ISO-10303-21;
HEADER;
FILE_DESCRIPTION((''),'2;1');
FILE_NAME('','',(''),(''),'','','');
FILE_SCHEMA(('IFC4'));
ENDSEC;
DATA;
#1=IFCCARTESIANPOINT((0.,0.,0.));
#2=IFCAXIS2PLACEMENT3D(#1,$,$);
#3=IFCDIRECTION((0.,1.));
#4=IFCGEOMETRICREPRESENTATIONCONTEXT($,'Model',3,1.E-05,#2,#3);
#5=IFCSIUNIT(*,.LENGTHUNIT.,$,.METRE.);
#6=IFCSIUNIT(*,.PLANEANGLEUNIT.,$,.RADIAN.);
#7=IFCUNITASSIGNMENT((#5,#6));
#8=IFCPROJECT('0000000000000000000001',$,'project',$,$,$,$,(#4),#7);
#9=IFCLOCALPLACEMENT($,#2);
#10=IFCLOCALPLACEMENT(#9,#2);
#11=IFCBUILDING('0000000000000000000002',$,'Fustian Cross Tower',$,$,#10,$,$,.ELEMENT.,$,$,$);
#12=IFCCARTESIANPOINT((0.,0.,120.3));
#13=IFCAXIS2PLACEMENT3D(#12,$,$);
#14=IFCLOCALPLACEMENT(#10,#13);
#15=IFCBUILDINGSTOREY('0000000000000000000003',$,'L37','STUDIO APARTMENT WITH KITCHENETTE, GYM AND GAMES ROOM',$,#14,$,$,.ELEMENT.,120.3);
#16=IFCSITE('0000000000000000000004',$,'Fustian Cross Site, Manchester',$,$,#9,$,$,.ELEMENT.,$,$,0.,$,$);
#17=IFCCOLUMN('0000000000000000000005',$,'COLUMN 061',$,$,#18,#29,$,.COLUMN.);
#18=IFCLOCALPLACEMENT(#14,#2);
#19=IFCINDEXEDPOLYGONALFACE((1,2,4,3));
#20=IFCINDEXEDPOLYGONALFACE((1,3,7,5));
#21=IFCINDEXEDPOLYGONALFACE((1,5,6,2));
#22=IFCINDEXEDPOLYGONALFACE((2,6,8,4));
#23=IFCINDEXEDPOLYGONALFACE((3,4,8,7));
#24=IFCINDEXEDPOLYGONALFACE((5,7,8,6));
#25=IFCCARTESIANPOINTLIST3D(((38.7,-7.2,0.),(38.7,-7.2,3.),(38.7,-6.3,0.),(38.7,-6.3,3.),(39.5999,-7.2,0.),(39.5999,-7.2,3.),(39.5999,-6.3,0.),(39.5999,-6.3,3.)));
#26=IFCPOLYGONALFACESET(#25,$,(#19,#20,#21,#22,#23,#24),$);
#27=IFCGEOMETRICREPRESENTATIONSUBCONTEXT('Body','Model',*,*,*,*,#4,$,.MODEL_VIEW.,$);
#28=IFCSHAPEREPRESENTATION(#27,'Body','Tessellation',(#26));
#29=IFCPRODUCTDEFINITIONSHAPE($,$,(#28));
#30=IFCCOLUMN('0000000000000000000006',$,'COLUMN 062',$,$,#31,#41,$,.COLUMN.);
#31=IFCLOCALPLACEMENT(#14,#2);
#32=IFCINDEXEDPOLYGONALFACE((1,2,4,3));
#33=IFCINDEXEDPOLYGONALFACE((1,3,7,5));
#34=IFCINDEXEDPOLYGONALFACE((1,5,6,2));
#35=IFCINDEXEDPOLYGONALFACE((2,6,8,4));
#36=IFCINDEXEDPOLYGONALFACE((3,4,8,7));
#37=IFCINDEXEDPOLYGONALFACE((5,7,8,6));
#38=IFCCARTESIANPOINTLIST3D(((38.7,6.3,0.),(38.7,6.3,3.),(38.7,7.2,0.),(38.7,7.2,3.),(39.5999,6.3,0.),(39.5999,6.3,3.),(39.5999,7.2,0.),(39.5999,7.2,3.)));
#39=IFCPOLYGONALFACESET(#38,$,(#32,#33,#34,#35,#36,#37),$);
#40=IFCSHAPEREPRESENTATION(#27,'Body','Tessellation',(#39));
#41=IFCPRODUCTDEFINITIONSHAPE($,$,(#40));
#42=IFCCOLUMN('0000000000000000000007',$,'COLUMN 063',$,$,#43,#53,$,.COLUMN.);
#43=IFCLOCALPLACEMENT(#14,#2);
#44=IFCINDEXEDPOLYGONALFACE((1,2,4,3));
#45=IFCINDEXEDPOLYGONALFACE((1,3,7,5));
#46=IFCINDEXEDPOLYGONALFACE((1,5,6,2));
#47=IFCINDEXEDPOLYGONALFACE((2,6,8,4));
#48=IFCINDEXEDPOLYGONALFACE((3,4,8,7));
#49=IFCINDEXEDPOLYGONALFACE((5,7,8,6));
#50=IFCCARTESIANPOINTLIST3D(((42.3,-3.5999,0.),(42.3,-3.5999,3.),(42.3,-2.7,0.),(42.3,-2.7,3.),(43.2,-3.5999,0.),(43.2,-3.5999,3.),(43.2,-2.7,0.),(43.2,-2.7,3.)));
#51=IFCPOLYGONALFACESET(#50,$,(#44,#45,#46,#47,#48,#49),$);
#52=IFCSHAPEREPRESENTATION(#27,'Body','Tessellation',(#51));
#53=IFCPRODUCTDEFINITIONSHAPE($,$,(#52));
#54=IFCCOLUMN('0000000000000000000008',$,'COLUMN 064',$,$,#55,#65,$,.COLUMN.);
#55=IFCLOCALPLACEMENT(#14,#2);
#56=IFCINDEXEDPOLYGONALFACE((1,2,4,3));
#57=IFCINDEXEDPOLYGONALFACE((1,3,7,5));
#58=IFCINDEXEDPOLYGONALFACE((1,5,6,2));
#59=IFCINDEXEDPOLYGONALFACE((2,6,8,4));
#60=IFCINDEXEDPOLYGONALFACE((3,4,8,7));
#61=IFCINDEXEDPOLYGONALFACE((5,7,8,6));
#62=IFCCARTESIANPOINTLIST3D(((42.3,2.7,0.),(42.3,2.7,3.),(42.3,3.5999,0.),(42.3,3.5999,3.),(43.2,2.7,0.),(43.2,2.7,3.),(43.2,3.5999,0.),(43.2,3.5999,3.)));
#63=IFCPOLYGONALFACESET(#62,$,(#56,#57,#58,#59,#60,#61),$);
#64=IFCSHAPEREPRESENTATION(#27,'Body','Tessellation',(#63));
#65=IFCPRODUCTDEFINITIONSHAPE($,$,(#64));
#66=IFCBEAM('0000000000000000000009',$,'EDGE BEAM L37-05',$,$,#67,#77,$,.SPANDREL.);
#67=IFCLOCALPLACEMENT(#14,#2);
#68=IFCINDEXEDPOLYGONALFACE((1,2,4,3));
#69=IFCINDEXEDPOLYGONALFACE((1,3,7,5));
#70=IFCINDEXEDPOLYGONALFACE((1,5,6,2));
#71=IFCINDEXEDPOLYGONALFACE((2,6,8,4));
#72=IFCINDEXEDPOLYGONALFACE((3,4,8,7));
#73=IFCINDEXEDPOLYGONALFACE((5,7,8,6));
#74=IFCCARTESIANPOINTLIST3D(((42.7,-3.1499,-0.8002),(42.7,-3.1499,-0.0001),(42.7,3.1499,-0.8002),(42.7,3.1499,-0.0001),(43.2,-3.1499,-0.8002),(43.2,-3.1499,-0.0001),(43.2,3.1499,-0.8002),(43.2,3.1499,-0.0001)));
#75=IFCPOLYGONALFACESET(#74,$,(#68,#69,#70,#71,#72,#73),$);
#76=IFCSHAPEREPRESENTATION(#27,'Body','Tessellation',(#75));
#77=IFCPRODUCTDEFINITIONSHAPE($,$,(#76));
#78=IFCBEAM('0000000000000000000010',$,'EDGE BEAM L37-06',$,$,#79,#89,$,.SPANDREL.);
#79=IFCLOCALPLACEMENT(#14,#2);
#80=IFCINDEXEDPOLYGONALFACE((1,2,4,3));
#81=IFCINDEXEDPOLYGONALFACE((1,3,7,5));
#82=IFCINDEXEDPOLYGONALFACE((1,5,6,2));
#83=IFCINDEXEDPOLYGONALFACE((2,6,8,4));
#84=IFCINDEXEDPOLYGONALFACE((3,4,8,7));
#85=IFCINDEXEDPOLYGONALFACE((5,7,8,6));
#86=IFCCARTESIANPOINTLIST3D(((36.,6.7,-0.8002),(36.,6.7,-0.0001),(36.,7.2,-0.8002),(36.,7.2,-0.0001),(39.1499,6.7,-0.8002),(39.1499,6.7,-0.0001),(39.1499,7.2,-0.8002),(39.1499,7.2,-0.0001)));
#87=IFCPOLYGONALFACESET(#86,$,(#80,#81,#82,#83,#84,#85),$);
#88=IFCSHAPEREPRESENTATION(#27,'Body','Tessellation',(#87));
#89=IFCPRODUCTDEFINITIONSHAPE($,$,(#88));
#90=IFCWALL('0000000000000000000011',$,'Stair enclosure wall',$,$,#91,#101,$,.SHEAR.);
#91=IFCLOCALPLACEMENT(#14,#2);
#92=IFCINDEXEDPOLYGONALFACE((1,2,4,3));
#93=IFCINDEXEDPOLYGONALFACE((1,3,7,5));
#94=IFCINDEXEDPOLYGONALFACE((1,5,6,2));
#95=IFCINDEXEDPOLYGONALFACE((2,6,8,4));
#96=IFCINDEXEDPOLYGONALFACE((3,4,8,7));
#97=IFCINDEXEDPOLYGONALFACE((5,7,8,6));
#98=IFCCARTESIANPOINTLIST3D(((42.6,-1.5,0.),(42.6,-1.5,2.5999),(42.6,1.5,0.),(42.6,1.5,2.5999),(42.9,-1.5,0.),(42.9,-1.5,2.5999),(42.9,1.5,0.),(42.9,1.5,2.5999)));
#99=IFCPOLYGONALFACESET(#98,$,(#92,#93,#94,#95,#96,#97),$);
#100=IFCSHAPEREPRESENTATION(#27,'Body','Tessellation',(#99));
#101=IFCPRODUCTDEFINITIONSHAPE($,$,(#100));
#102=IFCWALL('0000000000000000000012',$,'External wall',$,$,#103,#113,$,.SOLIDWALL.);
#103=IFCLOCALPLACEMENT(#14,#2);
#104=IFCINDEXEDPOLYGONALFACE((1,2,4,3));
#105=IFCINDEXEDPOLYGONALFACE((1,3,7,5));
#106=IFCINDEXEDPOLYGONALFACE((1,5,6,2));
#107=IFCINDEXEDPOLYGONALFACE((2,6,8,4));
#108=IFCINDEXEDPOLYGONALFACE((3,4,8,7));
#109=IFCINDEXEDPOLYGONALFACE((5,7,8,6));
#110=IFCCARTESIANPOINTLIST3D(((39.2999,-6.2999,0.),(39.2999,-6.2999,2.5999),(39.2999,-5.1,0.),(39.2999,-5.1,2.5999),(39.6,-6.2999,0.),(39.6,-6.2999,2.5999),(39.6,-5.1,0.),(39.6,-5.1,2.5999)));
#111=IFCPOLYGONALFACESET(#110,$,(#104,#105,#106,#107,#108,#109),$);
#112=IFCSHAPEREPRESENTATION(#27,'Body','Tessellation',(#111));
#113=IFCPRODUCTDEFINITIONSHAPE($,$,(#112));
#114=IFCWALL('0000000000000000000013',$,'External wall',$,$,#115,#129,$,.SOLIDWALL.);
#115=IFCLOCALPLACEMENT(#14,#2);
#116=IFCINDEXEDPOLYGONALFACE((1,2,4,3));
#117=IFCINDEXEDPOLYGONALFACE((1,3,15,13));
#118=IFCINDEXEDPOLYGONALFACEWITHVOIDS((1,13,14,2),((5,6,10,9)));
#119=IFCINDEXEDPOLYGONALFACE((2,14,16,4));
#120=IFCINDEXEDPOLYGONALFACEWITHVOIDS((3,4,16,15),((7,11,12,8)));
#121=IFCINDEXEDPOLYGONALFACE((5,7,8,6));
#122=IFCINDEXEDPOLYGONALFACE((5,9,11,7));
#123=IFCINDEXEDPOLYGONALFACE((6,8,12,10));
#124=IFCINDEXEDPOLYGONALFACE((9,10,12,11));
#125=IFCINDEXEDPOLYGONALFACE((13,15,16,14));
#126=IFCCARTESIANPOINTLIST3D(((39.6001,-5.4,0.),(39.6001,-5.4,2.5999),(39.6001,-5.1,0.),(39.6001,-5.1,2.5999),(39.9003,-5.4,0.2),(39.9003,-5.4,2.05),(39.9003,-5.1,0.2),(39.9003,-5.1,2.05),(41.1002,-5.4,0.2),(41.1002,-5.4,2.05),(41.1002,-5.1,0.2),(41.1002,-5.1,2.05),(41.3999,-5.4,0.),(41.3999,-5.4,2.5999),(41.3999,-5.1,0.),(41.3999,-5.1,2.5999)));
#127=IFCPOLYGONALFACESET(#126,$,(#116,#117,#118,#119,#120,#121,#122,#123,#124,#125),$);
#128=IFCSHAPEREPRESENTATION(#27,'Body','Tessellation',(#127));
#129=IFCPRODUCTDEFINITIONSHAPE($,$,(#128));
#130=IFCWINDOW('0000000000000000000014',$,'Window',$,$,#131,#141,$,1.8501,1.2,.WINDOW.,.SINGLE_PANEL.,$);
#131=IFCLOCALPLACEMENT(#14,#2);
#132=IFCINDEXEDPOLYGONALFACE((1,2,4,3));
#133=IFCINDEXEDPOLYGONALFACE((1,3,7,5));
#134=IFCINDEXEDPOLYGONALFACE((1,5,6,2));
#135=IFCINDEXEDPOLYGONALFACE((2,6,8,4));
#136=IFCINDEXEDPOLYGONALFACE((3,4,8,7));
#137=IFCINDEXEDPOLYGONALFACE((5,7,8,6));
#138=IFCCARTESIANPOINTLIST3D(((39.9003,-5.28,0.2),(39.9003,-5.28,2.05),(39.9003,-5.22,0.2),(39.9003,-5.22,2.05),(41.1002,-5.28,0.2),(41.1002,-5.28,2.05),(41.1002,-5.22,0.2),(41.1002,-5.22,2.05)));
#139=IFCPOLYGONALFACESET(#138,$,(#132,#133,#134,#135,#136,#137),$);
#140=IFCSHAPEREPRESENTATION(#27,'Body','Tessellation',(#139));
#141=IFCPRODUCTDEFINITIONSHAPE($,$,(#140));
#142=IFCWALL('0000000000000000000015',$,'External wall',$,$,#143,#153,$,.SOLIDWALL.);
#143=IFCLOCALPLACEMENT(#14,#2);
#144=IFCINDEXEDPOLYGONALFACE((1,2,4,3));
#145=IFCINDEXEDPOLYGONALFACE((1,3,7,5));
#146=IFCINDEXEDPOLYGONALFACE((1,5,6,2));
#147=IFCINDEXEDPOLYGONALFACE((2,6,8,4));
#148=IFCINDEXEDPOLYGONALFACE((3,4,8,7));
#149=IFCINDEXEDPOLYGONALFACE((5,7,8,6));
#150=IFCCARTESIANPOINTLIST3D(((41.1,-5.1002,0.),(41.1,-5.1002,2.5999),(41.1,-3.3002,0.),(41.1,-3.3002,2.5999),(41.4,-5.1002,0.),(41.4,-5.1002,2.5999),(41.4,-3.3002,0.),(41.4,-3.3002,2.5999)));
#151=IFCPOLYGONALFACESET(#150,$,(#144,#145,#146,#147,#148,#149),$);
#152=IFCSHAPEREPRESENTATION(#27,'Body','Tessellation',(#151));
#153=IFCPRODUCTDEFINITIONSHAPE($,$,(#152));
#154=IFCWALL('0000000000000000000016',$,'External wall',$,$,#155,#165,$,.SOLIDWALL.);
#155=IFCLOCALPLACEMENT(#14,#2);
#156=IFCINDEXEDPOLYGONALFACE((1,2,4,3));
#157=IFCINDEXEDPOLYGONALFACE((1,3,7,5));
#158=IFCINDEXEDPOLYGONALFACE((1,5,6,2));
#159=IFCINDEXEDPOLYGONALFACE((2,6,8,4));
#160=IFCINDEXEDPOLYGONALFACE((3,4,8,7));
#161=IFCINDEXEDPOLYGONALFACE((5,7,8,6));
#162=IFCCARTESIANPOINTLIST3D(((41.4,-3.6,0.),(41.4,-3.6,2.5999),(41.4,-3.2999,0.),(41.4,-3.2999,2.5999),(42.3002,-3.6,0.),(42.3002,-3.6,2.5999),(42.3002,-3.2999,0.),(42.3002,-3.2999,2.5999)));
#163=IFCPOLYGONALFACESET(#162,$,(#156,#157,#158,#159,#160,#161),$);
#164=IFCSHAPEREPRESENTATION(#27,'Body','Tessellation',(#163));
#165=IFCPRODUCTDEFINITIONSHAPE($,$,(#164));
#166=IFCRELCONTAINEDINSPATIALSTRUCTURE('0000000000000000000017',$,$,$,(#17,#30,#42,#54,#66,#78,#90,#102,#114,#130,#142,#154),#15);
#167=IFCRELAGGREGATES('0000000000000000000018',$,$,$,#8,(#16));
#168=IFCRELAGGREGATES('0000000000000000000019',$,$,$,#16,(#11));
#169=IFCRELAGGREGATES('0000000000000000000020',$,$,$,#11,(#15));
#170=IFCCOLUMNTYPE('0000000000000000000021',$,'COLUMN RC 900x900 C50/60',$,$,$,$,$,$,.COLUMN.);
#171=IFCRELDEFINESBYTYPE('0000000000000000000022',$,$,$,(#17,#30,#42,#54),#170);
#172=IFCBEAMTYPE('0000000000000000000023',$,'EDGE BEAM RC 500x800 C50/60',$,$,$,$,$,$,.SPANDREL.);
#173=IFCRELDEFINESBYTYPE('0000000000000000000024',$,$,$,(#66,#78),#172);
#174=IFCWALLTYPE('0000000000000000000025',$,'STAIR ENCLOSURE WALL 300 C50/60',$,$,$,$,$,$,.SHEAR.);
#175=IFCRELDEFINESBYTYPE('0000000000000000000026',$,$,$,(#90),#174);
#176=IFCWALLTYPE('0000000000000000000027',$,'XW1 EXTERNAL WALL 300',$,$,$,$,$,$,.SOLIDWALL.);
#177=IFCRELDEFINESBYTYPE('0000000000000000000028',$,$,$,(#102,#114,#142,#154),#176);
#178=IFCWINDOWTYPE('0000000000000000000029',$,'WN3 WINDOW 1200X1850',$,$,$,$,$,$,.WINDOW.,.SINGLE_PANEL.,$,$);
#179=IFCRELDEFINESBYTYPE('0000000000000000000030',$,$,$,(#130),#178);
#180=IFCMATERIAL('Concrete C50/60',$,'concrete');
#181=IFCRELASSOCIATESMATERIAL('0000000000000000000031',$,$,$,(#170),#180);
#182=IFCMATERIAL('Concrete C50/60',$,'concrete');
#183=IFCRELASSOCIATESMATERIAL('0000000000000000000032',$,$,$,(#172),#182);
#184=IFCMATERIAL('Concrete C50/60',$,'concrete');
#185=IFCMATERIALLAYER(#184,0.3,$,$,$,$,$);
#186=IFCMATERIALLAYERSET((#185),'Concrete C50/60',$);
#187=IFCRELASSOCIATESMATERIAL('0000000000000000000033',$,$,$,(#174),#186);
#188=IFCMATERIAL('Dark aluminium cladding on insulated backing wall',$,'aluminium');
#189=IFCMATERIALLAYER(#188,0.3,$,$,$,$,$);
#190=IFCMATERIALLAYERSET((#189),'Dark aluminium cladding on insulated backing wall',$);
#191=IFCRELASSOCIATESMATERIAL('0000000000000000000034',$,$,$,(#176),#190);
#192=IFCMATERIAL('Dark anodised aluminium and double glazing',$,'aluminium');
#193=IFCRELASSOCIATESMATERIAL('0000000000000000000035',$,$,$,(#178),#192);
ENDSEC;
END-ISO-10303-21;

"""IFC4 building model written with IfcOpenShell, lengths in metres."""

from ifc_helpers import new_model, si_unit, direction, frame, frame_2d, origin, origin_2d, place, context, subcontext, project, spatial, rectangle, extrude, material, layer, layer_set, material_profile, profile_set, type_object, element, fill, save


model = new_model("IFC4")

# Units and contexts
model_context = context("Model", 3, precision=1e-05, world=origin(), true_north=direction((0.0, 1.0)))
body_context = subcontext(model_context, "Body", "Model", "MODEL_VIEW")
ifc_project = project(units=[si_unit("LENGTHUNIT", "METRE"), si_unit("PLANEANGLEUNIT", "RADIAN")], contexts=[model_context])

# Site, building, storey
site_placement = place(None, origin())
site = spatial("IfcSite", under=ifc_project, at=site_placement, Name="Fustian Cross Site, Manchester", CompositionType="ELEMENT", RefElevation=0.0)
building_placement = place(site_placement, origin())
building = spatial("IfcBuilding", under=site, at=building_placement, Name="Fustian Cross Tower", CompositionType="ELEMENT")
storey_placement = place(building_placement, frame((0.0, 0.0, 120.3)))
storey = spatial("IfcBuildingStorey", under=building, at=storey_placement, Name="L37", Description="STUDIO APARTMENT WITH KITCHENETTE, GYM AND GAMES ROOM", CompositionType="ELEMENT", Elevation=120.3)

# Columns
ifc_material_1 = material(Name="Concrete C50/60", Category="concrete")
ifc_material_profile_1 = material_profile(ifc_material_1, rectangle(XDim=0.8999, YDim=0.8999, at=origin_2d()), Name="RC 900x900")
ifc_profile_set_1 = profile_set([ifc_material_profile_1], Name="Concrete C50/60")
column_type = type_object("IfcColumnType", Name="COLUMN RC 900x900 C50/60", PredefinedType="COLUMN", material=ifc_profile_set_1)
for number, where, z_axis, x_axis, name in (
    (1, (39.1499, -6.75, 0.0), (0.0, 0.0, 1.0), (1.0, 0.0, 0.0), "COLUMN 061"),
    (2, (39.1499, 6.75, 0.0), (0.0, 0.0, 1.0), (1.0, 0.0, 0.0), "COLUMN 062"),
    (3, (42.75, -3.1499, 0.0), (0.0, 0.0, 1.0), (1.0, 0.0, 0.0), "COLUMN 063"),
    (4, (42.75, 3.1499, 0.0), (0.0, 0.0, 1.0), (1.0, 0.0, 0.0), "COLUMN 064"),
):
    element("IfcColumn", number, at=place(storey_placement, frame(where, z_axis=z_axis, x_axis=x_axis)), inside=storey, type_object=column_type, Name=name, PredefinedType="COLUMN", context=body_context, shape_type="SweptSolid", body=[
        extrude(rectangle(XDim=0.8999, YDim=0.8999, at=origin_2d()), origin(), (0.0, 0.0, 1.0), 3.0),
    ])

# Beams
ifc_material_2 = material(Name="Concrete C50/60", Category="concrete")
ifc_material_profile_2 = material_profile(ifc_material_2, rectangle(XDim=0.5, YDim=0.8, at=origin_2d()), Name="RC 500x800")
ifc_profile_set_2 = profile_set([ifc_material_profile_2], Name="Concrete C50/60")
beam_type = type_object("IfcBeamType", Name="EDGE BEAM RC 500x800 C50/60", PredefinedType="SPANDREL", material=ifc_profile_set_2)
beam_1_placement = place(storey_placement, frame((42.95, -3.1499, -0.4001), z_axis=(0.0, 1.0, 0.0), x_axis=(-1.0, 0.0, 0.0)))
element("IfcBeam", 5, at=beam_1_placement, inside=storey, type_object=beam_type, Name="EDGE BEAM L37-05", PredefinedType="SPANDREL", context=body_context, shape_type="SweptSolid", body=[
    extrude(rectangle(XDim=0.5, YDim=0.8, at=origin_2d()), origin(), (0.0, 0.0, 1.0), 6.2998),
])
beam_2_placement = place(storey_placement, frame((39.1499, 6.95, -0.4001), z_axis=(-1.0, 0.0, 0.0), x_axis=(0.0, -1.0, 0.0)))
element("IfcBeam", 6, at=beam_2_placement, inside=storey, type_object=beam_type, Name="EDGE BEAM L37-06", PredefinedType="SPANDREL", context=body_context, shape_type="SweptSolid", body=[
    extrude(rectangle(XDim=0.5, YDim=0.8, at=origin_2d()), origin(), (0.0, 0.0, 1.0), 3.1499),
])

# Walls
ifc_material_3 = material(Name="Concrete C50/60", Category="concrete")
ifc_layer_1 = layer(ifc_material_3, 0.3)
ifc_layer_set_1 = layer_set([ifc_layer_1], Name="Concrete C50/60")
wall_type_1 = type_object("IfcWallType", Name="STAIR ENCLOSURE WALL 300 C50/60", PredefinedType="SHEAR", material=ifc_layer_set_1)
wall_1_placement = place(storey_placement, frame((42.75, -1.5, 0.0), z_axis=(0.0, 0.0, 1.0), x_axis=(0.0, 1.0, 0.0)))
element("IfcWall", 7, at=wall_1_placement, inside=storey, type_object=wall_type_1, Name="Stair enclosure wall", PredefinedType="SHEAR", context=body_context, shape_type="SweptSolid", body=[
    extrude(rectangle(XDim=3.0, YDim=0.3, at=frame_2d((1.5, 0.0))), origin(), (0.0, 0.0, 1.0), 2.5999),
])
ifc_material_4 = material(Name="Dark aluminium cladding on insulated backing wall", Category="aluminium")
ifc_layer_2 = layer(ifc_material_4, 0.3)
ifc_layer_set_2 = layer_set([ifc_layer_2], Name="Dark aluminium cladding on insulated backing wall")
wall_type_2 = type_object("IfcWallType", Name="XW1 EXTERNAL WALL 300", PredefinedType="SOLIDWALL", material=ifc_layer_set_2)
wall_2_placement = place(storey_placement, frame((39.45, -6.3, 0.0), z_axis=(0.0, 0.0, 1.0), x_axis=(0.0, 1.0, 0.0)))
element("IfcWall", 8, at=wall_2_placement, inside=storey, type_object=wall_type_2, Name="External wall", PredefinedType="SOLIDWALL", context=body_context, shape_type="SweptSolid", body=[
    extrude(rectangle(XDim=1.2, YDim=0.3, at=frame_2d((0.6001, 0.0))), origin(), (0.0, 0.0, 1.0), 2.5999),
])

# Wall, opening, window
wall_3_placement = place(storey_placement, frame((39.6001, -5.25, 0.0), z_axis=(0.0, 0.0, 1.0), x_axis=(1.0, 0.0, 0.0)))
wall_3 = element("IfcWall", 9, at=wall_3_placement, inside=storey, type_object=wall_type_2, Name="External wall", PredefinedType="SOLIDWALL", context=body_context, shape_type="SweptSolid", body=[
    extrude(rectangle(XDim=1.7998, YDim=0.3, at=frame_2d((0.8999, 0.0))), origin(), (0.0, 0.0, 1.0), 2.5999),
])
opening_1_placement = place(wall_3_placement, frame((0.3, 0.0, 0.2)))
opening_1 = element("IfcOpeningElement", 10, at=opening_1_placement, cuts=wall_3, PredefinedType="OPENING", context=body_context, shape_type="SweptSolid", body=[
    extrude(rectangle(XDim=1.2, YDim=1.8501, at=frame_2d((0.6001, 0.925))), frame((0.0, 0.1599, 0.0), z_axis=(0.0, -1.0, 0.0), x_axis=(1.0, 0.0, 0.0)), (0.0, 0.0, 1.0), 0.3201),
])
ifc_material_5 = material(Name="Dark anodised aluminium and double glazing", Category="aluminium")
window_type_1 = type_object("IfcWindowType", Name="WN3 WINDOW 1200X1850", PartitioningType="SINGLE_PANEL", PredefinedType="WINDOW", material=ifc_material_5)
window_1_placement = place(opening_1_placement, origin())
window_1 = element("IfcWindow", 11, at=window_1_placement, inside=storey, type_object=window_type_1, Name="Window", OverallHeight=1.8501, OverallWidth=1.2, PartitioningType="SINGLE_PANEL", PredefinedType="WINDOW", context=body_context, shape_type="SweptSolid", body=[
    extrude(rectangle(XDim=1.2, YDim=1.8501, at=frame_2d((0.6001, 0.925))), frame((0.0, 0.03, 0.0), z_axis=(0.0, -1.0, 0.0), x_axis=(1.0, 0.0, 0.0)), (0.0, 0.0, 1.0), 0.0601),
])
fill(opening_1, window_1)

# Walls
wall_4_placement = place(storey_placement, frame((41.25, -5.1001, 0.0), z_axis=(0.0, 0.0, 1.0), x_axis=(0.0, 1.0, 0.0)))
element("IfcWall", 12, at=wall_4_placement, inside=storey, type_object=wall_type_2, Name="External wall", PredefinedType="SOLIDWALL", context=body_context, shape_type="SweptSolid", body=[
    extrude(rectangle(XDim=1.8, YDim=0.3, at=frame_2d((0.8999, 0.0))), origin(), (0.0, 0.0, 1.0), 2.5999),
])
wall_5_placement = place(storey_placement, frame((41.3999, -3.45, 0.0), z_axis=(0.0, 0.0, 1.0), x_axis=(1.0, 0.0, 0.0)))
element("IfcWall", 13, at=wall_5_placement, inside=storey, type_object=wall_type_2, Name="External wall", PredefinedType="SOLIDWALL", context=body_context, shape_type="SweptSolid", body=[
    extrude(rectangle(XDim=0.9001, YDim=0.3, at=frame_2d((0.4502, 0.0))), origin(), (0.0, 0.0, 1.0), 2.5999),
])

save(model, "model.ifc")
